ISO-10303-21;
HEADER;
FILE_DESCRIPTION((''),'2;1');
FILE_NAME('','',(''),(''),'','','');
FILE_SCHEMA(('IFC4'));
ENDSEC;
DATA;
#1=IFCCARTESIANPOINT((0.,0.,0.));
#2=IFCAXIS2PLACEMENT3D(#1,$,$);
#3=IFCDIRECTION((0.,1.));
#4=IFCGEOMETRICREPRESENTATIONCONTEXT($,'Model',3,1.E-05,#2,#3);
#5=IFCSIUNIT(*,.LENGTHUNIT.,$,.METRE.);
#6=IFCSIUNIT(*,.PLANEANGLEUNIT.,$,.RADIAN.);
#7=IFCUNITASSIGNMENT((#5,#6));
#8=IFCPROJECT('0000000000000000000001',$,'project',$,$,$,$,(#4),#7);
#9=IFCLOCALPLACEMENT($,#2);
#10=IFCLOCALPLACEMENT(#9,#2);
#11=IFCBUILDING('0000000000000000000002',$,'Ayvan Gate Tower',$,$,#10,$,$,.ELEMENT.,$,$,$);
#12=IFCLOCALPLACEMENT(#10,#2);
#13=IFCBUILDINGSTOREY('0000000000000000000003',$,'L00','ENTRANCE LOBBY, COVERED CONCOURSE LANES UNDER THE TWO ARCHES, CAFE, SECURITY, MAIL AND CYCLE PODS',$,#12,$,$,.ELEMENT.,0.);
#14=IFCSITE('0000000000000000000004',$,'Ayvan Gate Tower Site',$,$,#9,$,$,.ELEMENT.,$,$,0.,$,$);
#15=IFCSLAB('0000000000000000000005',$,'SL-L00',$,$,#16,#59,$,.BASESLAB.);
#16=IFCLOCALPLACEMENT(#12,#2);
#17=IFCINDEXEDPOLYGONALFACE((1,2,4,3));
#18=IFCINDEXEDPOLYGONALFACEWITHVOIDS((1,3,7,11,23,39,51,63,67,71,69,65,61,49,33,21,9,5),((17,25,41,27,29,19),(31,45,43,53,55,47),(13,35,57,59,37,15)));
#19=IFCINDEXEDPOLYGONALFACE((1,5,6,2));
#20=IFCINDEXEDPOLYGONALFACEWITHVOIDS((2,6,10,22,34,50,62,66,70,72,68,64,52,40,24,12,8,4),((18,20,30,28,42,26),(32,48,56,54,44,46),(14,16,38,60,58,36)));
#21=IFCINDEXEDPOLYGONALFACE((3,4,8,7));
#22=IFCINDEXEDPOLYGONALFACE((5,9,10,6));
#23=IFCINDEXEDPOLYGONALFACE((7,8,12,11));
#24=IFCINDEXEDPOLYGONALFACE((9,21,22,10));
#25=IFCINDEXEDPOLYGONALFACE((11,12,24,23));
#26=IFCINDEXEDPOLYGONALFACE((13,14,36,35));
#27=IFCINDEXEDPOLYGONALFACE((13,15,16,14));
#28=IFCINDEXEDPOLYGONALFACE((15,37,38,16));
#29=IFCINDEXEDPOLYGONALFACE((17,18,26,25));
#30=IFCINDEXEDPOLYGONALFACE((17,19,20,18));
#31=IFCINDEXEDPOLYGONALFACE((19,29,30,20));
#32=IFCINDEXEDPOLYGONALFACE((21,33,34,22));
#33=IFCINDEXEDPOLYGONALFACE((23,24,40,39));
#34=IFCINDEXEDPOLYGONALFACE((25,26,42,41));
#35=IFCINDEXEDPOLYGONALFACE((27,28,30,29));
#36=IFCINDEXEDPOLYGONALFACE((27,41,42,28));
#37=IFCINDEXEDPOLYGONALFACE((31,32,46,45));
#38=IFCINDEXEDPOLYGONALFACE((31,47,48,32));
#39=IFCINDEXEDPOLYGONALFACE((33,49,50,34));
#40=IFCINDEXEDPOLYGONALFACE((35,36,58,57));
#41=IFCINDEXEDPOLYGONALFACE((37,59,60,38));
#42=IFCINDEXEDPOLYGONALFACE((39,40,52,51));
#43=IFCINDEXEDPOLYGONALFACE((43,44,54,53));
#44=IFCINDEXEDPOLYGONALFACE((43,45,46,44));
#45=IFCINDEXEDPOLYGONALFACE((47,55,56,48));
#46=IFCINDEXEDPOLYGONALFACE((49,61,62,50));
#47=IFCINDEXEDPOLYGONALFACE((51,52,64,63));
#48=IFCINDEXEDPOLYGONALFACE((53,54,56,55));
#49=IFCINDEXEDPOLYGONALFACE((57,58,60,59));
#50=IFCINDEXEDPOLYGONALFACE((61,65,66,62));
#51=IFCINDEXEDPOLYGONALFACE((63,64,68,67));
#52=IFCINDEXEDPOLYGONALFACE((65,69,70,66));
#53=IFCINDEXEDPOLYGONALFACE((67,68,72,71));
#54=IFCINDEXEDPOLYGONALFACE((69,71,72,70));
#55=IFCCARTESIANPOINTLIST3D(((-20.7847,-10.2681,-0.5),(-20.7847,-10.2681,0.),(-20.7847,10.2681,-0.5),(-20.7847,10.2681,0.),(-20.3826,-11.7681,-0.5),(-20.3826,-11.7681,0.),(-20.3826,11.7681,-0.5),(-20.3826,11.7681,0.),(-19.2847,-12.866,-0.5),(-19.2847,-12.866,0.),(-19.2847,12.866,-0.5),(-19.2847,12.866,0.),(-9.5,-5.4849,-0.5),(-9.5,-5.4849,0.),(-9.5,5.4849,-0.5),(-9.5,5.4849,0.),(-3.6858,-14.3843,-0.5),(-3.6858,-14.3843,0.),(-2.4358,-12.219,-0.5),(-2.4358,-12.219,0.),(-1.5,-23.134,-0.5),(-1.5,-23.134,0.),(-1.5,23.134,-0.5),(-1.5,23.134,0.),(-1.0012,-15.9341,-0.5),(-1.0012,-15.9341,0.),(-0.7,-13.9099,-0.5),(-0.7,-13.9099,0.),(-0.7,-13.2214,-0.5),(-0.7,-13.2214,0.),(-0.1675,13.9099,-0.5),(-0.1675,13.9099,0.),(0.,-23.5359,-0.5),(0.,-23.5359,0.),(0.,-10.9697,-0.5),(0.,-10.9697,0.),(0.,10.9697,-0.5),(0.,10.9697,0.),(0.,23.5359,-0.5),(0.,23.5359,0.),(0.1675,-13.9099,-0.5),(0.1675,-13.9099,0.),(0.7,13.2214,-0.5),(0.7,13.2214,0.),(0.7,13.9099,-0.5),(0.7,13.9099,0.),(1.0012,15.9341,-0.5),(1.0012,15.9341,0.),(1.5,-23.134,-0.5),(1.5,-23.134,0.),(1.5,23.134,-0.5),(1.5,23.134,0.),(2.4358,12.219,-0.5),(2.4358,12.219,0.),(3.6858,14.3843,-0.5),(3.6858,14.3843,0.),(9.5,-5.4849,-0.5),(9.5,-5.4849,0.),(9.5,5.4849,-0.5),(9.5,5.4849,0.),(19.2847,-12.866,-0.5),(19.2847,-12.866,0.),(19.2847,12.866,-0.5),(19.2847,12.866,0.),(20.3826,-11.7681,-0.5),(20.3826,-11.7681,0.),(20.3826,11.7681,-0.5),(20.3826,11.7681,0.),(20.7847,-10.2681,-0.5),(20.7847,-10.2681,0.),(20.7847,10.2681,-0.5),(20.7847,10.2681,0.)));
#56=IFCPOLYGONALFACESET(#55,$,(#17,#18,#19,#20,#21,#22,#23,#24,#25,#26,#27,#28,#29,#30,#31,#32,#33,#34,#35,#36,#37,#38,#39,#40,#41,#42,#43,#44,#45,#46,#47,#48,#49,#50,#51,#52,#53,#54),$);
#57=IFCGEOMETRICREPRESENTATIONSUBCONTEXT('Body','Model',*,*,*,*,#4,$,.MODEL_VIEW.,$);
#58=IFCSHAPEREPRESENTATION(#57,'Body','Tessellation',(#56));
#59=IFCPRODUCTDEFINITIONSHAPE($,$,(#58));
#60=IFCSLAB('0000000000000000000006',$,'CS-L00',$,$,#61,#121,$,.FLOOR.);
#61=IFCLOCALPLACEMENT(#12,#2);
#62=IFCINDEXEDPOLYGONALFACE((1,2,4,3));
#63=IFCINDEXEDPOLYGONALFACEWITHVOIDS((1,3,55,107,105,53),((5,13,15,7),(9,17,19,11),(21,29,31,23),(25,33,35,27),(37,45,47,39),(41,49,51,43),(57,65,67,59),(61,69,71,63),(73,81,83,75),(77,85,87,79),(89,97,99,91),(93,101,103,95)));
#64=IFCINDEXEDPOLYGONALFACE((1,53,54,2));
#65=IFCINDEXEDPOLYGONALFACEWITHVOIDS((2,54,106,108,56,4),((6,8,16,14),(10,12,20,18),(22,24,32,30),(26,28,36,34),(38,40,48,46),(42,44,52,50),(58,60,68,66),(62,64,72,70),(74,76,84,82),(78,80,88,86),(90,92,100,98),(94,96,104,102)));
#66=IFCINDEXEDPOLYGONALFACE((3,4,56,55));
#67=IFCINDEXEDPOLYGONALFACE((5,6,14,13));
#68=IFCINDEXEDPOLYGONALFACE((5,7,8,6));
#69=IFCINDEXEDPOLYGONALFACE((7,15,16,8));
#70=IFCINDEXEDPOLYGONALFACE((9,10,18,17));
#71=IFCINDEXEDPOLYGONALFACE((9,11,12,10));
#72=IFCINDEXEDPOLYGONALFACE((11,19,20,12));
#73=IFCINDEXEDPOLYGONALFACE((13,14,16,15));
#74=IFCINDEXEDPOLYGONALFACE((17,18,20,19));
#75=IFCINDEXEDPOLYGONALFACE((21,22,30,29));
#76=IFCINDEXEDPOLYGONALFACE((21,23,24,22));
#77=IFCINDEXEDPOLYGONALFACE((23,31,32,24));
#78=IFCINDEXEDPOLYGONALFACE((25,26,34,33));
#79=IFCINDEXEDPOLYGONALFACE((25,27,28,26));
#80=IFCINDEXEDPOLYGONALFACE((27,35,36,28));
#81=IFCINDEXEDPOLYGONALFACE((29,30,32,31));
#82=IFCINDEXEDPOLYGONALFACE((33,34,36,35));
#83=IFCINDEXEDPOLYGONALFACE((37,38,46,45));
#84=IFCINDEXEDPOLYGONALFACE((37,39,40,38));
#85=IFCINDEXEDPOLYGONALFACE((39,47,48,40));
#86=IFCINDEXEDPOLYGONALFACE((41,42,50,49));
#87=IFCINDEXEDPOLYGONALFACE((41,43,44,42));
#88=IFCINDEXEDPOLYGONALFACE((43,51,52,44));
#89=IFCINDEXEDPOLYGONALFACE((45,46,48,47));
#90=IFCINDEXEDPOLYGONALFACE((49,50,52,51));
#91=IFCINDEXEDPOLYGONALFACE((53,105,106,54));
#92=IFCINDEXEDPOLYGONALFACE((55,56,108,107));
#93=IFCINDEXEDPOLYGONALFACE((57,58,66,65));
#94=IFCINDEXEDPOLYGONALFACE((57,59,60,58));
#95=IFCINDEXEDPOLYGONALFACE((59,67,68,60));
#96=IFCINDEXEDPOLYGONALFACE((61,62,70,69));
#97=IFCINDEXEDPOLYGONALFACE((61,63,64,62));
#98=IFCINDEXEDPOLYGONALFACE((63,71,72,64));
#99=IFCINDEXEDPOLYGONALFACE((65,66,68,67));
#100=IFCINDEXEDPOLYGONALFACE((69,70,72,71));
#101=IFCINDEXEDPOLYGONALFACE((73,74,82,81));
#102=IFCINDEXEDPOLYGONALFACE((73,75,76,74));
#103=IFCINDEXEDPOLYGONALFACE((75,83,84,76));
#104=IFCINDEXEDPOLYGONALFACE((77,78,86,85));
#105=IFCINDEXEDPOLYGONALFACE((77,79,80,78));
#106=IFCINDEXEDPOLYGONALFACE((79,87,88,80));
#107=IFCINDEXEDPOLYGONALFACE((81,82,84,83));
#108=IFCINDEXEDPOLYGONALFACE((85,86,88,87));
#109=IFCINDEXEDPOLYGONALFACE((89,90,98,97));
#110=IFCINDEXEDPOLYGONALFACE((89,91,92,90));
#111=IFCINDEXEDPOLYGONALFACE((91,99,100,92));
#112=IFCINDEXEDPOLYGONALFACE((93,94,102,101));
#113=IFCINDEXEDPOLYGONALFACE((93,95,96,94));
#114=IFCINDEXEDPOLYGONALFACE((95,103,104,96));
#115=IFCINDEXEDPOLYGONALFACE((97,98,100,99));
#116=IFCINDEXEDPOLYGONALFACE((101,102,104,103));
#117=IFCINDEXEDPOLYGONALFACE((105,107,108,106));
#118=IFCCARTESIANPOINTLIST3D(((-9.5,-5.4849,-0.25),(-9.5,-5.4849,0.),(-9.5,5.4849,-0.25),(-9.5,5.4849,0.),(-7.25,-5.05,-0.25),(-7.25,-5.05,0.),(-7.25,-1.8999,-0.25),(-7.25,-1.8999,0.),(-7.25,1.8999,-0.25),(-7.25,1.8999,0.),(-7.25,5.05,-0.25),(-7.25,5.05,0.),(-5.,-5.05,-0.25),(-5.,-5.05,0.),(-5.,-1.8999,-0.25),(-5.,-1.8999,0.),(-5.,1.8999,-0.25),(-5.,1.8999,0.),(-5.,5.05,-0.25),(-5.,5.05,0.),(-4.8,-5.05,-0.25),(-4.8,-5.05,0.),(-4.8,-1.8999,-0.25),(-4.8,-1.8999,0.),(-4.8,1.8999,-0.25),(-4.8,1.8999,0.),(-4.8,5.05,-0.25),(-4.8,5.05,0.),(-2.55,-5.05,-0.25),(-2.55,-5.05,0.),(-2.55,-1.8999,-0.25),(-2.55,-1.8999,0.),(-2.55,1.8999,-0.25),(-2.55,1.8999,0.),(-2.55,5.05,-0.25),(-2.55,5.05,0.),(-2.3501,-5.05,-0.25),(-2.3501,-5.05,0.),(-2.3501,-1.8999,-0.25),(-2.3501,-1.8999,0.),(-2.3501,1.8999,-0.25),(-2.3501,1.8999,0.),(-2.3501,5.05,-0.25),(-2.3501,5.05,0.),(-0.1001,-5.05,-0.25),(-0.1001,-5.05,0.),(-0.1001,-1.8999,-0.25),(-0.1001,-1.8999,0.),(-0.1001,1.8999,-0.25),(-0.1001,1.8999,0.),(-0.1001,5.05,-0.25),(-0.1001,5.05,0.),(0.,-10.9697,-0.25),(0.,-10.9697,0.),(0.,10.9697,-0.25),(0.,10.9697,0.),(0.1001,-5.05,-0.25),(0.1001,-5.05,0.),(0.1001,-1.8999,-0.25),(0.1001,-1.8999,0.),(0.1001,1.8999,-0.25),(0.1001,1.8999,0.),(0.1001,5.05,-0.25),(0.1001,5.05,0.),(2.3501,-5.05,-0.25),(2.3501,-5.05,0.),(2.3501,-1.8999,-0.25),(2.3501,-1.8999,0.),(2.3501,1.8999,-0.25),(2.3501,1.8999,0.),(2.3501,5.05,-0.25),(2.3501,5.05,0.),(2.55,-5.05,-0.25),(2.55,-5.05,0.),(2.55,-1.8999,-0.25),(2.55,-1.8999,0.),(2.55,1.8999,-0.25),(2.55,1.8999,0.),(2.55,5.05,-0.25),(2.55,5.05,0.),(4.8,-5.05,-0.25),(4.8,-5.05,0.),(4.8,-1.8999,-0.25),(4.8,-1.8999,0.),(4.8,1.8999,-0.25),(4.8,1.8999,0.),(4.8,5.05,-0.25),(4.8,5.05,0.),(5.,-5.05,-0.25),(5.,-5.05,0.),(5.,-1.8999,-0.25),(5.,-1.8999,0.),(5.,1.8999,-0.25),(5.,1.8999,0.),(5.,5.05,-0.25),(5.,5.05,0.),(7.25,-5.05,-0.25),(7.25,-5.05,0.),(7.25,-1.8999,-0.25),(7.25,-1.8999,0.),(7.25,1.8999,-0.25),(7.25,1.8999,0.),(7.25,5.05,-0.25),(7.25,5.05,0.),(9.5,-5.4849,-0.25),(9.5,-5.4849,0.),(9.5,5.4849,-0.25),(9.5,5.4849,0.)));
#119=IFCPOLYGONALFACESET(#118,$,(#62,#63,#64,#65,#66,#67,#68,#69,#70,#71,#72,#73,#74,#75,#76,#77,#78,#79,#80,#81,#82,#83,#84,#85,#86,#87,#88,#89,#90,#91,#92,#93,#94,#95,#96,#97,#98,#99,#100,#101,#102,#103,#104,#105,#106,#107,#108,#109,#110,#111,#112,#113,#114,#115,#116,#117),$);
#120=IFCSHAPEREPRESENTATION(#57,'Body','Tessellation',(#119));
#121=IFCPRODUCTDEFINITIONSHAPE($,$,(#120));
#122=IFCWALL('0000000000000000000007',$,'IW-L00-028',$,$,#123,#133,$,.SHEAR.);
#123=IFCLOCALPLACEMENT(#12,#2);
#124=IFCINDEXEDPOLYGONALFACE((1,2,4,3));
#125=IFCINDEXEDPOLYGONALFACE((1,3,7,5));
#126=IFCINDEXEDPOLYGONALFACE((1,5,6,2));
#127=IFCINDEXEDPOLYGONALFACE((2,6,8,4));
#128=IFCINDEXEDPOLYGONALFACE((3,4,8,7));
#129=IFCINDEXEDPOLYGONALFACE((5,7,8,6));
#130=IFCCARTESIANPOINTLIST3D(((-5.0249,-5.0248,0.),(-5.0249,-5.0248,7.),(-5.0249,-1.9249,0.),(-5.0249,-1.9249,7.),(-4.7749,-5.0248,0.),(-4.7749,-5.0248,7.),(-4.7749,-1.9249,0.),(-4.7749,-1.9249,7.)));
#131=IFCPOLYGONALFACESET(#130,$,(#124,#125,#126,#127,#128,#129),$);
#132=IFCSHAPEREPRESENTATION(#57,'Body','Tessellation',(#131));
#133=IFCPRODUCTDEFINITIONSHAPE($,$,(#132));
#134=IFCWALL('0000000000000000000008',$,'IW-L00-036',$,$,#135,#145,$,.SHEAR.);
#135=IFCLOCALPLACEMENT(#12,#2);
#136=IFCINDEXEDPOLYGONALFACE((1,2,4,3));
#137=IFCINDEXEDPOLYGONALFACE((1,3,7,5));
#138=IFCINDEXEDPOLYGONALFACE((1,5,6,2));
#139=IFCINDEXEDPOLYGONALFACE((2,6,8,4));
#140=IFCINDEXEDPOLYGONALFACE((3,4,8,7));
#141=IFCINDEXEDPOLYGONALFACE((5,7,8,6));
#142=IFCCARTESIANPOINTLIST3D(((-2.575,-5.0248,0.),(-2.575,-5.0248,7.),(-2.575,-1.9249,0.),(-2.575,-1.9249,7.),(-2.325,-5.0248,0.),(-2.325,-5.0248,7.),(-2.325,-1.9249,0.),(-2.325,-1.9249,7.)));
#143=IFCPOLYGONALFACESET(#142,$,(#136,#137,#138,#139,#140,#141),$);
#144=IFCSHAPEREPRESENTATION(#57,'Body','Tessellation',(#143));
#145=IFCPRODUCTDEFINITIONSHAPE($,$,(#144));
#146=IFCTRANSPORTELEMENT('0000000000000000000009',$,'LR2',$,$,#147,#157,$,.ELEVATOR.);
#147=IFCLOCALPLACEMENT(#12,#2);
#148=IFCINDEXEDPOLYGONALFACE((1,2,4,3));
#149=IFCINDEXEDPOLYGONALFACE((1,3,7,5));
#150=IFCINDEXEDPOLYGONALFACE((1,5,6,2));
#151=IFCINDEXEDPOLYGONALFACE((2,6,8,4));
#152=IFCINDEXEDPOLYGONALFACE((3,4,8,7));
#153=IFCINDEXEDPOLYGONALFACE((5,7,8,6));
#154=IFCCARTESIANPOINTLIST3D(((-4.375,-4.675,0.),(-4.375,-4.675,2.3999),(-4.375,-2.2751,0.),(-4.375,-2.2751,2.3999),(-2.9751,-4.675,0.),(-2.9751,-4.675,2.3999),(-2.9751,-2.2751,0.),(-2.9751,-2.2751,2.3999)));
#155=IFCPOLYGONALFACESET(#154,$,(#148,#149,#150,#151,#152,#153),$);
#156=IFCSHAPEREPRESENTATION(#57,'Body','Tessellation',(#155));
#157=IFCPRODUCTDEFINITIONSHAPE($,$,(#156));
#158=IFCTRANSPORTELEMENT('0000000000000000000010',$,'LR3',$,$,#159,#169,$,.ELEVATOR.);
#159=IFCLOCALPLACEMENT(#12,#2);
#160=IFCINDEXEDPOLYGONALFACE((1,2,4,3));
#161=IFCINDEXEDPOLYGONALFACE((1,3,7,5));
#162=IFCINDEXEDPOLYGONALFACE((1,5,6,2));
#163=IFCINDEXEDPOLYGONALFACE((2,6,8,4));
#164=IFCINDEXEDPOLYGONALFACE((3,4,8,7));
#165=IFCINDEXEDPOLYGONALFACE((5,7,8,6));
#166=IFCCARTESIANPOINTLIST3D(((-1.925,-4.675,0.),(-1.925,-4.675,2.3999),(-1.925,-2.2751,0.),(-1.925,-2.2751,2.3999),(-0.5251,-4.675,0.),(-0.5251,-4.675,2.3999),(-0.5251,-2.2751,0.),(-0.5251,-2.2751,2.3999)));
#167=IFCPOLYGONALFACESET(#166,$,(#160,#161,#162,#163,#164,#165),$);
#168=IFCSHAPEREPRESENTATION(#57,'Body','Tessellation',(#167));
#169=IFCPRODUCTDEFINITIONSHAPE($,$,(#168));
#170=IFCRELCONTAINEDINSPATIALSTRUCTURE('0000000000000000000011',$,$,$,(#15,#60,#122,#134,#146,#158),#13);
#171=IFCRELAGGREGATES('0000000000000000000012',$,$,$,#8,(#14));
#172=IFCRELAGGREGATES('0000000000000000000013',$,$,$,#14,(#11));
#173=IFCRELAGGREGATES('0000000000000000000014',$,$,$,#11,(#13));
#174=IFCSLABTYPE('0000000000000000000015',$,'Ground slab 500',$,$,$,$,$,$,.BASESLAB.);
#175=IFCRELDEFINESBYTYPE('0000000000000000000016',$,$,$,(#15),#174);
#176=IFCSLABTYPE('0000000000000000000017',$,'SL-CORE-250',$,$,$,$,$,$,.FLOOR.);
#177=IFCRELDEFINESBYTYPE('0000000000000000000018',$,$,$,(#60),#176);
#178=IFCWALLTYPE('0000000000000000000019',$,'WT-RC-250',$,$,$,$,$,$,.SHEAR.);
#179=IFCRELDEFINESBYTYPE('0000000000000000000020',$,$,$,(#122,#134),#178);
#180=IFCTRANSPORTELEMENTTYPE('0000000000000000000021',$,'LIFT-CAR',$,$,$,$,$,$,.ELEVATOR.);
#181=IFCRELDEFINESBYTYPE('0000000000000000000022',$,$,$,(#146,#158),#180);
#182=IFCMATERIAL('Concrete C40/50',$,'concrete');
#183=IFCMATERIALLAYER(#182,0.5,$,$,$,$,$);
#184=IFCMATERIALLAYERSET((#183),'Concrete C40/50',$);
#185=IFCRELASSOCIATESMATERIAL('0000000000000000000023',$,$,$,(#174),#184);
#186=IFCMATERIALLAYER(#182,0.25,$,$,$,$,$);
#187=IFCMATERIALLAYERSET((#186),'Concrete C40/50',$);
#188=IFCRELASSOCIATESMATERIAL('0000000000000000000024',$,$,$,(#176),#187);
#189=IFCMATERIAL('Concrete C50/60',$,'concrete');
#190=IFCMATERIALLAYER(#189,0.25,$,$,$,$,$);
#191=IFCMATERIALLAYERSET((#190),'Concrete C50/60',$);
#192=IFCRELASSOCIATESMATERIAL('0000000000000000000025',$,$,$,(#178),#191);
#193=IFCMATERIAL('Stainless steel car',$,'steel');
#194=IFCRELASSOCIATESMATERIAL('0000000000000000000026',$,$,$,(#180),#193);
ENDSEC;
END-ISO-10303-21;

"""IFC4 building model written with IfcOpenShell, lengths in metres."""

from ifc_helpers import new_model, si_unit, direction, frame, frame_2d, origin, origin_2d, place, context, subcontext, project, spatial, polyline, rectangle, outline, extrude, material, layer, layer_set, type_object, element, save


model = new_model("IFC4")

# Units and contexts
model_context = context("Model", 3, precision=1e-05, world=origin(), true_north=direction((0.0, 1.0)))
body_context = subcontext(model_context, "Body", "Model", "MODEL_VIEW")
ifc_project = project(units=[si_unit("LENGTHUNIT", "METRE"), si_unit("PLANEANGLEUNIT", "RADIAN")], contexts=[model_context])

# Site, building, storey
site_placement = place(None, origin())
site = spatial("IfcSite", under=ifc_project, at=site_placement, Name="Ayvan Gate Tower Site", CompositionType="ELEMENT", RefElevation=0.0)
building_placement = place(site_placement, origin())
building = spatial("IfcBuilding", under=site, at=building_placement, Name="Ayvan Gate Tower", CompositionType="ELEMENT")
storey_placement = place(building_placement, origin())
storey = spatial("IfcBuildingStorey", under=building, at=storey_placement, Name="L00", Description="ENTRANCE LOBBY, COVERED CONCOURSE LANES UNDER THE TWO ARCHES, CAFE, SECURITY, MAIL AND CYCLE PODS", CompositionType="ELEMENT", Elevation=0.0)

# Slabs
ifc_material_1 = material(Name="Concrete C40/50", Category="concrete")
ifc_layer_1 = layer(ifc_material_1, 0.5)
ifc_layer_set_1 = layer_set([ifc_layer_1], Name="Concrete C40/50")
slab_type_1 = type_object("IfcSlabType", Name="Ground slab 500", PredefinedType="BASESLAB", material=ifc_layer_set_1)
slab_1_placement = place(storey_placement, frame((0.0, 0.0, -0.5)))
element("IfcSlab", 1, at=slab_1_placement, inside=storey, type_object=slab_type_1, Name="SL-L00", PredefinedType="BASESLAB", context=body_context, shape_type="SweptSolid", body=[
    extrude(outline(polyline([(-1.5, 23.134), (0.0, 23.5359), (1.5, 23.134), (19.2847, 12.866), (20.3826, 11.7681), (20.7847, 10.2681), (20.7847, -10.2681), (20.3826, -11.7681), (19.2847, -12.866), (1.5, -23.134), (0.0, -23.5359), (-1.5, -23.134), (-19.2847, -12.866), (-20.3826, -11.7681), (-20.7847, -10.2681), (-20.7847, 10.2681), (-20.3826, 11.7681), (-19.2847, 12.866), (-1.5, 23.134)]), holes=[polyline([(-9.5, -5.4849), (0.0, -10.9697), (9.5, -5.4849), (9.5, 5.4849), (0.0, 10.9697), (-9.5, 5.4849), (-9.5, -5.4849)]), polyline([(-0.1675, 13.9099), (0.7, 13.9099), (0.7, 13.2214), (2.4358, 12.219), (3.6858, 14.3843), (1.0012, 15.9341), (-0.1675, 13.9099)]), polyline([(-3.6858, -14.3843), (-1.0012, -15.9341), (0.1675, -13.9099), (-0.7, -13.9099), (-0.7, -13.2214), (-2.4358, -12.219), (-3.6858, -14.3843)])]), origin(), (0.0, 0.0, 1.0), 0.5),
])
ifc_layer_2 = layer(ifc_material_1, 0.25)
ifc_layer_set_2 = layer_set([ifc_layer_2], Name="Concrete C40/50")
slab_type_2 = type_object("IfcSlabType", Name="SL-CORE-250", PredefinedType="FLOOR", material=ifc_layer_set_2)
slab_2_placement = place(storey_placement, frame((0.0, 0.0, -0.25)))
element("IfcSlab", 2, at=slab_2_placement, inside=storey, type_object=slab_type_2, Name="CS-L00", PredefinedType="FLOOR", context=body_context, shape_type="SweptSolid", body=[
    extrude(outline(polyline([(9.5, -5.4849), (0.0, -10.9697), (-9.5, -5.4849), (-9.5, 5.4849), (0.0, 10.9697), (9.5, 5.4849), (9.5, -5.4849)]), holes=[polyline([(7.25, -5.05), (7.25, -1.8999), (5.0, -1.8999), (5.0, -5.05), (7.25, -5.05)]), polyline([(7.25, 1.8999), (7.25, 5.05), (5.0, 5.05), (5.0, 1.8999), (7.25, 1.8999)]), polyline([(4.8, -5.05), (4.8, -1.8999), (2.55, -1.8999), (2.55, -5.05), (4.8, -5.05)]), polyline([(4.8, 1.8999), (4.8, 5.05), (2.55, 5.05), (2.55, 1.8999), (4.8, 1.8999)]), polyline([(2.3501, -1.8999), (0.1001, -1.8999), (0.1001, -5.05), (2.3501, -5.05), (2.3501, -1.8999)]), polyline([(2.3501, 1.8999), (2.3501, 5.05), (0.1001, 5.05), (0.1001, 1.8999), (2.3501, 1.8999)]), polyline([(-0.1001, -5.05), (-0.1001, -1.8999), (-2.3501, -1.8999), (-2.3501, -5.05), (-0.1001, -5.05)]), polyline([(-0.1001, 1.8999), (-0.1001, 5.05), (-2.3501, 5.05), (-2.3501, 1.8999), (-0.1001, 1.8999)]), polyline([(-2.55, -5.05), (-2.55, -1.8999), (-4.8, -1.8999), (-4.8, -5.05), (-2.55, -5.05)]), polyline([(-2.55, 1.8999), (-2.55, 5.05), (-4.8, 5.05), (-4.8, 1.8999), (-2.55, 1.8999)]), polyline([(-5.0, -5.05), (-5.0, -1.8999), (-7.25, -1.8999), (-7.25, -5.05), (-5.0, -5.05)]), polyline([(-5.0, 1.8999), (-5.0, 5.05), (-7.25, 5.05), (-7.25, 1.8999), (-5.0, 1.8999)])]), origin(), (0.0, 0.0, 1.0), 0.25),
])

# Walls
ifc_material_2 = material(Name="Concrete C50/60", Category="concrete")
ifc_layer_3 = layer(ifc_material_2, 0.25)
ifc_layer_set_3 = layer_set([ifc_layer_3], Name="Concrete C50/60")
wall_type = type_object("IfcWallType", Name="WT-RC-250", PredefinedType="SHEAR", material=ifc_layer_set_3)
for number, where, z_axis, x_axis, name in (
    (3, (-4.8999, -1.925, 0.0), (0.0, 0.0, 1.0), (0.0, -1.0, 0.0), "IW-L00-028"),
    (4, (-2.45, -1.925, 0.0), (0.0, 0.0, 1.0), (0.0, -1.0, 0.0), "IW-L00-036"),
):
    element("IfcWall", number, at=place(storey_placement, frame(where, z_axis=z_axis, x_axis=x_axis)), inside=storey, type_object=wall_type, Name=name, PredefinedType="SHEAR", context=body_context, shape_type="SweptSolid", body=[
        extrude(rectangle(XDim=3.0999, YDim=0.25, at=frame_2d((1.5498, 0.0))), origin(), (0.0, 0.0, 1.0), 7.0),
    ])

# Transport elements
ifc_material_3 = material(Name="Stainless steel car", Category="steel")
transport_element_type = type_object("IfcTransportElementType", Name="LIFT-CAR", PredefinedType="ELEVATOR", material=ifc_material_3)
for number, where, z_axis, x_axis, name in (
    (5, (-3.675, -3.4751, 0.0), (0.0, 0.0, 1.0), (1.0, 0.0, 0.0), "LR2"),
    (6, (-1.2251, -3.4751, 0.0), (0.0, 0.0, 1.0), (1.0, 0.0, 0.0), "LR3"),
):
    element("IfcTransportElement", number, at=place(storey_placement, frame(where, z_axis=z_axis, x_axis=x_axis)), inside=storey, type_object=transport_element_type, Name=name, PredefinedType="ELEVATOR", context=body_context, shape_type="SweptSolid", body=[
        extrude(rectangle(XDim=1.3999, YDim=2.3999, at=origin_2d()), origin(), (0.0, 0.0, 1.0), 2.3999),
    ])

save(model, "model.ifc")
